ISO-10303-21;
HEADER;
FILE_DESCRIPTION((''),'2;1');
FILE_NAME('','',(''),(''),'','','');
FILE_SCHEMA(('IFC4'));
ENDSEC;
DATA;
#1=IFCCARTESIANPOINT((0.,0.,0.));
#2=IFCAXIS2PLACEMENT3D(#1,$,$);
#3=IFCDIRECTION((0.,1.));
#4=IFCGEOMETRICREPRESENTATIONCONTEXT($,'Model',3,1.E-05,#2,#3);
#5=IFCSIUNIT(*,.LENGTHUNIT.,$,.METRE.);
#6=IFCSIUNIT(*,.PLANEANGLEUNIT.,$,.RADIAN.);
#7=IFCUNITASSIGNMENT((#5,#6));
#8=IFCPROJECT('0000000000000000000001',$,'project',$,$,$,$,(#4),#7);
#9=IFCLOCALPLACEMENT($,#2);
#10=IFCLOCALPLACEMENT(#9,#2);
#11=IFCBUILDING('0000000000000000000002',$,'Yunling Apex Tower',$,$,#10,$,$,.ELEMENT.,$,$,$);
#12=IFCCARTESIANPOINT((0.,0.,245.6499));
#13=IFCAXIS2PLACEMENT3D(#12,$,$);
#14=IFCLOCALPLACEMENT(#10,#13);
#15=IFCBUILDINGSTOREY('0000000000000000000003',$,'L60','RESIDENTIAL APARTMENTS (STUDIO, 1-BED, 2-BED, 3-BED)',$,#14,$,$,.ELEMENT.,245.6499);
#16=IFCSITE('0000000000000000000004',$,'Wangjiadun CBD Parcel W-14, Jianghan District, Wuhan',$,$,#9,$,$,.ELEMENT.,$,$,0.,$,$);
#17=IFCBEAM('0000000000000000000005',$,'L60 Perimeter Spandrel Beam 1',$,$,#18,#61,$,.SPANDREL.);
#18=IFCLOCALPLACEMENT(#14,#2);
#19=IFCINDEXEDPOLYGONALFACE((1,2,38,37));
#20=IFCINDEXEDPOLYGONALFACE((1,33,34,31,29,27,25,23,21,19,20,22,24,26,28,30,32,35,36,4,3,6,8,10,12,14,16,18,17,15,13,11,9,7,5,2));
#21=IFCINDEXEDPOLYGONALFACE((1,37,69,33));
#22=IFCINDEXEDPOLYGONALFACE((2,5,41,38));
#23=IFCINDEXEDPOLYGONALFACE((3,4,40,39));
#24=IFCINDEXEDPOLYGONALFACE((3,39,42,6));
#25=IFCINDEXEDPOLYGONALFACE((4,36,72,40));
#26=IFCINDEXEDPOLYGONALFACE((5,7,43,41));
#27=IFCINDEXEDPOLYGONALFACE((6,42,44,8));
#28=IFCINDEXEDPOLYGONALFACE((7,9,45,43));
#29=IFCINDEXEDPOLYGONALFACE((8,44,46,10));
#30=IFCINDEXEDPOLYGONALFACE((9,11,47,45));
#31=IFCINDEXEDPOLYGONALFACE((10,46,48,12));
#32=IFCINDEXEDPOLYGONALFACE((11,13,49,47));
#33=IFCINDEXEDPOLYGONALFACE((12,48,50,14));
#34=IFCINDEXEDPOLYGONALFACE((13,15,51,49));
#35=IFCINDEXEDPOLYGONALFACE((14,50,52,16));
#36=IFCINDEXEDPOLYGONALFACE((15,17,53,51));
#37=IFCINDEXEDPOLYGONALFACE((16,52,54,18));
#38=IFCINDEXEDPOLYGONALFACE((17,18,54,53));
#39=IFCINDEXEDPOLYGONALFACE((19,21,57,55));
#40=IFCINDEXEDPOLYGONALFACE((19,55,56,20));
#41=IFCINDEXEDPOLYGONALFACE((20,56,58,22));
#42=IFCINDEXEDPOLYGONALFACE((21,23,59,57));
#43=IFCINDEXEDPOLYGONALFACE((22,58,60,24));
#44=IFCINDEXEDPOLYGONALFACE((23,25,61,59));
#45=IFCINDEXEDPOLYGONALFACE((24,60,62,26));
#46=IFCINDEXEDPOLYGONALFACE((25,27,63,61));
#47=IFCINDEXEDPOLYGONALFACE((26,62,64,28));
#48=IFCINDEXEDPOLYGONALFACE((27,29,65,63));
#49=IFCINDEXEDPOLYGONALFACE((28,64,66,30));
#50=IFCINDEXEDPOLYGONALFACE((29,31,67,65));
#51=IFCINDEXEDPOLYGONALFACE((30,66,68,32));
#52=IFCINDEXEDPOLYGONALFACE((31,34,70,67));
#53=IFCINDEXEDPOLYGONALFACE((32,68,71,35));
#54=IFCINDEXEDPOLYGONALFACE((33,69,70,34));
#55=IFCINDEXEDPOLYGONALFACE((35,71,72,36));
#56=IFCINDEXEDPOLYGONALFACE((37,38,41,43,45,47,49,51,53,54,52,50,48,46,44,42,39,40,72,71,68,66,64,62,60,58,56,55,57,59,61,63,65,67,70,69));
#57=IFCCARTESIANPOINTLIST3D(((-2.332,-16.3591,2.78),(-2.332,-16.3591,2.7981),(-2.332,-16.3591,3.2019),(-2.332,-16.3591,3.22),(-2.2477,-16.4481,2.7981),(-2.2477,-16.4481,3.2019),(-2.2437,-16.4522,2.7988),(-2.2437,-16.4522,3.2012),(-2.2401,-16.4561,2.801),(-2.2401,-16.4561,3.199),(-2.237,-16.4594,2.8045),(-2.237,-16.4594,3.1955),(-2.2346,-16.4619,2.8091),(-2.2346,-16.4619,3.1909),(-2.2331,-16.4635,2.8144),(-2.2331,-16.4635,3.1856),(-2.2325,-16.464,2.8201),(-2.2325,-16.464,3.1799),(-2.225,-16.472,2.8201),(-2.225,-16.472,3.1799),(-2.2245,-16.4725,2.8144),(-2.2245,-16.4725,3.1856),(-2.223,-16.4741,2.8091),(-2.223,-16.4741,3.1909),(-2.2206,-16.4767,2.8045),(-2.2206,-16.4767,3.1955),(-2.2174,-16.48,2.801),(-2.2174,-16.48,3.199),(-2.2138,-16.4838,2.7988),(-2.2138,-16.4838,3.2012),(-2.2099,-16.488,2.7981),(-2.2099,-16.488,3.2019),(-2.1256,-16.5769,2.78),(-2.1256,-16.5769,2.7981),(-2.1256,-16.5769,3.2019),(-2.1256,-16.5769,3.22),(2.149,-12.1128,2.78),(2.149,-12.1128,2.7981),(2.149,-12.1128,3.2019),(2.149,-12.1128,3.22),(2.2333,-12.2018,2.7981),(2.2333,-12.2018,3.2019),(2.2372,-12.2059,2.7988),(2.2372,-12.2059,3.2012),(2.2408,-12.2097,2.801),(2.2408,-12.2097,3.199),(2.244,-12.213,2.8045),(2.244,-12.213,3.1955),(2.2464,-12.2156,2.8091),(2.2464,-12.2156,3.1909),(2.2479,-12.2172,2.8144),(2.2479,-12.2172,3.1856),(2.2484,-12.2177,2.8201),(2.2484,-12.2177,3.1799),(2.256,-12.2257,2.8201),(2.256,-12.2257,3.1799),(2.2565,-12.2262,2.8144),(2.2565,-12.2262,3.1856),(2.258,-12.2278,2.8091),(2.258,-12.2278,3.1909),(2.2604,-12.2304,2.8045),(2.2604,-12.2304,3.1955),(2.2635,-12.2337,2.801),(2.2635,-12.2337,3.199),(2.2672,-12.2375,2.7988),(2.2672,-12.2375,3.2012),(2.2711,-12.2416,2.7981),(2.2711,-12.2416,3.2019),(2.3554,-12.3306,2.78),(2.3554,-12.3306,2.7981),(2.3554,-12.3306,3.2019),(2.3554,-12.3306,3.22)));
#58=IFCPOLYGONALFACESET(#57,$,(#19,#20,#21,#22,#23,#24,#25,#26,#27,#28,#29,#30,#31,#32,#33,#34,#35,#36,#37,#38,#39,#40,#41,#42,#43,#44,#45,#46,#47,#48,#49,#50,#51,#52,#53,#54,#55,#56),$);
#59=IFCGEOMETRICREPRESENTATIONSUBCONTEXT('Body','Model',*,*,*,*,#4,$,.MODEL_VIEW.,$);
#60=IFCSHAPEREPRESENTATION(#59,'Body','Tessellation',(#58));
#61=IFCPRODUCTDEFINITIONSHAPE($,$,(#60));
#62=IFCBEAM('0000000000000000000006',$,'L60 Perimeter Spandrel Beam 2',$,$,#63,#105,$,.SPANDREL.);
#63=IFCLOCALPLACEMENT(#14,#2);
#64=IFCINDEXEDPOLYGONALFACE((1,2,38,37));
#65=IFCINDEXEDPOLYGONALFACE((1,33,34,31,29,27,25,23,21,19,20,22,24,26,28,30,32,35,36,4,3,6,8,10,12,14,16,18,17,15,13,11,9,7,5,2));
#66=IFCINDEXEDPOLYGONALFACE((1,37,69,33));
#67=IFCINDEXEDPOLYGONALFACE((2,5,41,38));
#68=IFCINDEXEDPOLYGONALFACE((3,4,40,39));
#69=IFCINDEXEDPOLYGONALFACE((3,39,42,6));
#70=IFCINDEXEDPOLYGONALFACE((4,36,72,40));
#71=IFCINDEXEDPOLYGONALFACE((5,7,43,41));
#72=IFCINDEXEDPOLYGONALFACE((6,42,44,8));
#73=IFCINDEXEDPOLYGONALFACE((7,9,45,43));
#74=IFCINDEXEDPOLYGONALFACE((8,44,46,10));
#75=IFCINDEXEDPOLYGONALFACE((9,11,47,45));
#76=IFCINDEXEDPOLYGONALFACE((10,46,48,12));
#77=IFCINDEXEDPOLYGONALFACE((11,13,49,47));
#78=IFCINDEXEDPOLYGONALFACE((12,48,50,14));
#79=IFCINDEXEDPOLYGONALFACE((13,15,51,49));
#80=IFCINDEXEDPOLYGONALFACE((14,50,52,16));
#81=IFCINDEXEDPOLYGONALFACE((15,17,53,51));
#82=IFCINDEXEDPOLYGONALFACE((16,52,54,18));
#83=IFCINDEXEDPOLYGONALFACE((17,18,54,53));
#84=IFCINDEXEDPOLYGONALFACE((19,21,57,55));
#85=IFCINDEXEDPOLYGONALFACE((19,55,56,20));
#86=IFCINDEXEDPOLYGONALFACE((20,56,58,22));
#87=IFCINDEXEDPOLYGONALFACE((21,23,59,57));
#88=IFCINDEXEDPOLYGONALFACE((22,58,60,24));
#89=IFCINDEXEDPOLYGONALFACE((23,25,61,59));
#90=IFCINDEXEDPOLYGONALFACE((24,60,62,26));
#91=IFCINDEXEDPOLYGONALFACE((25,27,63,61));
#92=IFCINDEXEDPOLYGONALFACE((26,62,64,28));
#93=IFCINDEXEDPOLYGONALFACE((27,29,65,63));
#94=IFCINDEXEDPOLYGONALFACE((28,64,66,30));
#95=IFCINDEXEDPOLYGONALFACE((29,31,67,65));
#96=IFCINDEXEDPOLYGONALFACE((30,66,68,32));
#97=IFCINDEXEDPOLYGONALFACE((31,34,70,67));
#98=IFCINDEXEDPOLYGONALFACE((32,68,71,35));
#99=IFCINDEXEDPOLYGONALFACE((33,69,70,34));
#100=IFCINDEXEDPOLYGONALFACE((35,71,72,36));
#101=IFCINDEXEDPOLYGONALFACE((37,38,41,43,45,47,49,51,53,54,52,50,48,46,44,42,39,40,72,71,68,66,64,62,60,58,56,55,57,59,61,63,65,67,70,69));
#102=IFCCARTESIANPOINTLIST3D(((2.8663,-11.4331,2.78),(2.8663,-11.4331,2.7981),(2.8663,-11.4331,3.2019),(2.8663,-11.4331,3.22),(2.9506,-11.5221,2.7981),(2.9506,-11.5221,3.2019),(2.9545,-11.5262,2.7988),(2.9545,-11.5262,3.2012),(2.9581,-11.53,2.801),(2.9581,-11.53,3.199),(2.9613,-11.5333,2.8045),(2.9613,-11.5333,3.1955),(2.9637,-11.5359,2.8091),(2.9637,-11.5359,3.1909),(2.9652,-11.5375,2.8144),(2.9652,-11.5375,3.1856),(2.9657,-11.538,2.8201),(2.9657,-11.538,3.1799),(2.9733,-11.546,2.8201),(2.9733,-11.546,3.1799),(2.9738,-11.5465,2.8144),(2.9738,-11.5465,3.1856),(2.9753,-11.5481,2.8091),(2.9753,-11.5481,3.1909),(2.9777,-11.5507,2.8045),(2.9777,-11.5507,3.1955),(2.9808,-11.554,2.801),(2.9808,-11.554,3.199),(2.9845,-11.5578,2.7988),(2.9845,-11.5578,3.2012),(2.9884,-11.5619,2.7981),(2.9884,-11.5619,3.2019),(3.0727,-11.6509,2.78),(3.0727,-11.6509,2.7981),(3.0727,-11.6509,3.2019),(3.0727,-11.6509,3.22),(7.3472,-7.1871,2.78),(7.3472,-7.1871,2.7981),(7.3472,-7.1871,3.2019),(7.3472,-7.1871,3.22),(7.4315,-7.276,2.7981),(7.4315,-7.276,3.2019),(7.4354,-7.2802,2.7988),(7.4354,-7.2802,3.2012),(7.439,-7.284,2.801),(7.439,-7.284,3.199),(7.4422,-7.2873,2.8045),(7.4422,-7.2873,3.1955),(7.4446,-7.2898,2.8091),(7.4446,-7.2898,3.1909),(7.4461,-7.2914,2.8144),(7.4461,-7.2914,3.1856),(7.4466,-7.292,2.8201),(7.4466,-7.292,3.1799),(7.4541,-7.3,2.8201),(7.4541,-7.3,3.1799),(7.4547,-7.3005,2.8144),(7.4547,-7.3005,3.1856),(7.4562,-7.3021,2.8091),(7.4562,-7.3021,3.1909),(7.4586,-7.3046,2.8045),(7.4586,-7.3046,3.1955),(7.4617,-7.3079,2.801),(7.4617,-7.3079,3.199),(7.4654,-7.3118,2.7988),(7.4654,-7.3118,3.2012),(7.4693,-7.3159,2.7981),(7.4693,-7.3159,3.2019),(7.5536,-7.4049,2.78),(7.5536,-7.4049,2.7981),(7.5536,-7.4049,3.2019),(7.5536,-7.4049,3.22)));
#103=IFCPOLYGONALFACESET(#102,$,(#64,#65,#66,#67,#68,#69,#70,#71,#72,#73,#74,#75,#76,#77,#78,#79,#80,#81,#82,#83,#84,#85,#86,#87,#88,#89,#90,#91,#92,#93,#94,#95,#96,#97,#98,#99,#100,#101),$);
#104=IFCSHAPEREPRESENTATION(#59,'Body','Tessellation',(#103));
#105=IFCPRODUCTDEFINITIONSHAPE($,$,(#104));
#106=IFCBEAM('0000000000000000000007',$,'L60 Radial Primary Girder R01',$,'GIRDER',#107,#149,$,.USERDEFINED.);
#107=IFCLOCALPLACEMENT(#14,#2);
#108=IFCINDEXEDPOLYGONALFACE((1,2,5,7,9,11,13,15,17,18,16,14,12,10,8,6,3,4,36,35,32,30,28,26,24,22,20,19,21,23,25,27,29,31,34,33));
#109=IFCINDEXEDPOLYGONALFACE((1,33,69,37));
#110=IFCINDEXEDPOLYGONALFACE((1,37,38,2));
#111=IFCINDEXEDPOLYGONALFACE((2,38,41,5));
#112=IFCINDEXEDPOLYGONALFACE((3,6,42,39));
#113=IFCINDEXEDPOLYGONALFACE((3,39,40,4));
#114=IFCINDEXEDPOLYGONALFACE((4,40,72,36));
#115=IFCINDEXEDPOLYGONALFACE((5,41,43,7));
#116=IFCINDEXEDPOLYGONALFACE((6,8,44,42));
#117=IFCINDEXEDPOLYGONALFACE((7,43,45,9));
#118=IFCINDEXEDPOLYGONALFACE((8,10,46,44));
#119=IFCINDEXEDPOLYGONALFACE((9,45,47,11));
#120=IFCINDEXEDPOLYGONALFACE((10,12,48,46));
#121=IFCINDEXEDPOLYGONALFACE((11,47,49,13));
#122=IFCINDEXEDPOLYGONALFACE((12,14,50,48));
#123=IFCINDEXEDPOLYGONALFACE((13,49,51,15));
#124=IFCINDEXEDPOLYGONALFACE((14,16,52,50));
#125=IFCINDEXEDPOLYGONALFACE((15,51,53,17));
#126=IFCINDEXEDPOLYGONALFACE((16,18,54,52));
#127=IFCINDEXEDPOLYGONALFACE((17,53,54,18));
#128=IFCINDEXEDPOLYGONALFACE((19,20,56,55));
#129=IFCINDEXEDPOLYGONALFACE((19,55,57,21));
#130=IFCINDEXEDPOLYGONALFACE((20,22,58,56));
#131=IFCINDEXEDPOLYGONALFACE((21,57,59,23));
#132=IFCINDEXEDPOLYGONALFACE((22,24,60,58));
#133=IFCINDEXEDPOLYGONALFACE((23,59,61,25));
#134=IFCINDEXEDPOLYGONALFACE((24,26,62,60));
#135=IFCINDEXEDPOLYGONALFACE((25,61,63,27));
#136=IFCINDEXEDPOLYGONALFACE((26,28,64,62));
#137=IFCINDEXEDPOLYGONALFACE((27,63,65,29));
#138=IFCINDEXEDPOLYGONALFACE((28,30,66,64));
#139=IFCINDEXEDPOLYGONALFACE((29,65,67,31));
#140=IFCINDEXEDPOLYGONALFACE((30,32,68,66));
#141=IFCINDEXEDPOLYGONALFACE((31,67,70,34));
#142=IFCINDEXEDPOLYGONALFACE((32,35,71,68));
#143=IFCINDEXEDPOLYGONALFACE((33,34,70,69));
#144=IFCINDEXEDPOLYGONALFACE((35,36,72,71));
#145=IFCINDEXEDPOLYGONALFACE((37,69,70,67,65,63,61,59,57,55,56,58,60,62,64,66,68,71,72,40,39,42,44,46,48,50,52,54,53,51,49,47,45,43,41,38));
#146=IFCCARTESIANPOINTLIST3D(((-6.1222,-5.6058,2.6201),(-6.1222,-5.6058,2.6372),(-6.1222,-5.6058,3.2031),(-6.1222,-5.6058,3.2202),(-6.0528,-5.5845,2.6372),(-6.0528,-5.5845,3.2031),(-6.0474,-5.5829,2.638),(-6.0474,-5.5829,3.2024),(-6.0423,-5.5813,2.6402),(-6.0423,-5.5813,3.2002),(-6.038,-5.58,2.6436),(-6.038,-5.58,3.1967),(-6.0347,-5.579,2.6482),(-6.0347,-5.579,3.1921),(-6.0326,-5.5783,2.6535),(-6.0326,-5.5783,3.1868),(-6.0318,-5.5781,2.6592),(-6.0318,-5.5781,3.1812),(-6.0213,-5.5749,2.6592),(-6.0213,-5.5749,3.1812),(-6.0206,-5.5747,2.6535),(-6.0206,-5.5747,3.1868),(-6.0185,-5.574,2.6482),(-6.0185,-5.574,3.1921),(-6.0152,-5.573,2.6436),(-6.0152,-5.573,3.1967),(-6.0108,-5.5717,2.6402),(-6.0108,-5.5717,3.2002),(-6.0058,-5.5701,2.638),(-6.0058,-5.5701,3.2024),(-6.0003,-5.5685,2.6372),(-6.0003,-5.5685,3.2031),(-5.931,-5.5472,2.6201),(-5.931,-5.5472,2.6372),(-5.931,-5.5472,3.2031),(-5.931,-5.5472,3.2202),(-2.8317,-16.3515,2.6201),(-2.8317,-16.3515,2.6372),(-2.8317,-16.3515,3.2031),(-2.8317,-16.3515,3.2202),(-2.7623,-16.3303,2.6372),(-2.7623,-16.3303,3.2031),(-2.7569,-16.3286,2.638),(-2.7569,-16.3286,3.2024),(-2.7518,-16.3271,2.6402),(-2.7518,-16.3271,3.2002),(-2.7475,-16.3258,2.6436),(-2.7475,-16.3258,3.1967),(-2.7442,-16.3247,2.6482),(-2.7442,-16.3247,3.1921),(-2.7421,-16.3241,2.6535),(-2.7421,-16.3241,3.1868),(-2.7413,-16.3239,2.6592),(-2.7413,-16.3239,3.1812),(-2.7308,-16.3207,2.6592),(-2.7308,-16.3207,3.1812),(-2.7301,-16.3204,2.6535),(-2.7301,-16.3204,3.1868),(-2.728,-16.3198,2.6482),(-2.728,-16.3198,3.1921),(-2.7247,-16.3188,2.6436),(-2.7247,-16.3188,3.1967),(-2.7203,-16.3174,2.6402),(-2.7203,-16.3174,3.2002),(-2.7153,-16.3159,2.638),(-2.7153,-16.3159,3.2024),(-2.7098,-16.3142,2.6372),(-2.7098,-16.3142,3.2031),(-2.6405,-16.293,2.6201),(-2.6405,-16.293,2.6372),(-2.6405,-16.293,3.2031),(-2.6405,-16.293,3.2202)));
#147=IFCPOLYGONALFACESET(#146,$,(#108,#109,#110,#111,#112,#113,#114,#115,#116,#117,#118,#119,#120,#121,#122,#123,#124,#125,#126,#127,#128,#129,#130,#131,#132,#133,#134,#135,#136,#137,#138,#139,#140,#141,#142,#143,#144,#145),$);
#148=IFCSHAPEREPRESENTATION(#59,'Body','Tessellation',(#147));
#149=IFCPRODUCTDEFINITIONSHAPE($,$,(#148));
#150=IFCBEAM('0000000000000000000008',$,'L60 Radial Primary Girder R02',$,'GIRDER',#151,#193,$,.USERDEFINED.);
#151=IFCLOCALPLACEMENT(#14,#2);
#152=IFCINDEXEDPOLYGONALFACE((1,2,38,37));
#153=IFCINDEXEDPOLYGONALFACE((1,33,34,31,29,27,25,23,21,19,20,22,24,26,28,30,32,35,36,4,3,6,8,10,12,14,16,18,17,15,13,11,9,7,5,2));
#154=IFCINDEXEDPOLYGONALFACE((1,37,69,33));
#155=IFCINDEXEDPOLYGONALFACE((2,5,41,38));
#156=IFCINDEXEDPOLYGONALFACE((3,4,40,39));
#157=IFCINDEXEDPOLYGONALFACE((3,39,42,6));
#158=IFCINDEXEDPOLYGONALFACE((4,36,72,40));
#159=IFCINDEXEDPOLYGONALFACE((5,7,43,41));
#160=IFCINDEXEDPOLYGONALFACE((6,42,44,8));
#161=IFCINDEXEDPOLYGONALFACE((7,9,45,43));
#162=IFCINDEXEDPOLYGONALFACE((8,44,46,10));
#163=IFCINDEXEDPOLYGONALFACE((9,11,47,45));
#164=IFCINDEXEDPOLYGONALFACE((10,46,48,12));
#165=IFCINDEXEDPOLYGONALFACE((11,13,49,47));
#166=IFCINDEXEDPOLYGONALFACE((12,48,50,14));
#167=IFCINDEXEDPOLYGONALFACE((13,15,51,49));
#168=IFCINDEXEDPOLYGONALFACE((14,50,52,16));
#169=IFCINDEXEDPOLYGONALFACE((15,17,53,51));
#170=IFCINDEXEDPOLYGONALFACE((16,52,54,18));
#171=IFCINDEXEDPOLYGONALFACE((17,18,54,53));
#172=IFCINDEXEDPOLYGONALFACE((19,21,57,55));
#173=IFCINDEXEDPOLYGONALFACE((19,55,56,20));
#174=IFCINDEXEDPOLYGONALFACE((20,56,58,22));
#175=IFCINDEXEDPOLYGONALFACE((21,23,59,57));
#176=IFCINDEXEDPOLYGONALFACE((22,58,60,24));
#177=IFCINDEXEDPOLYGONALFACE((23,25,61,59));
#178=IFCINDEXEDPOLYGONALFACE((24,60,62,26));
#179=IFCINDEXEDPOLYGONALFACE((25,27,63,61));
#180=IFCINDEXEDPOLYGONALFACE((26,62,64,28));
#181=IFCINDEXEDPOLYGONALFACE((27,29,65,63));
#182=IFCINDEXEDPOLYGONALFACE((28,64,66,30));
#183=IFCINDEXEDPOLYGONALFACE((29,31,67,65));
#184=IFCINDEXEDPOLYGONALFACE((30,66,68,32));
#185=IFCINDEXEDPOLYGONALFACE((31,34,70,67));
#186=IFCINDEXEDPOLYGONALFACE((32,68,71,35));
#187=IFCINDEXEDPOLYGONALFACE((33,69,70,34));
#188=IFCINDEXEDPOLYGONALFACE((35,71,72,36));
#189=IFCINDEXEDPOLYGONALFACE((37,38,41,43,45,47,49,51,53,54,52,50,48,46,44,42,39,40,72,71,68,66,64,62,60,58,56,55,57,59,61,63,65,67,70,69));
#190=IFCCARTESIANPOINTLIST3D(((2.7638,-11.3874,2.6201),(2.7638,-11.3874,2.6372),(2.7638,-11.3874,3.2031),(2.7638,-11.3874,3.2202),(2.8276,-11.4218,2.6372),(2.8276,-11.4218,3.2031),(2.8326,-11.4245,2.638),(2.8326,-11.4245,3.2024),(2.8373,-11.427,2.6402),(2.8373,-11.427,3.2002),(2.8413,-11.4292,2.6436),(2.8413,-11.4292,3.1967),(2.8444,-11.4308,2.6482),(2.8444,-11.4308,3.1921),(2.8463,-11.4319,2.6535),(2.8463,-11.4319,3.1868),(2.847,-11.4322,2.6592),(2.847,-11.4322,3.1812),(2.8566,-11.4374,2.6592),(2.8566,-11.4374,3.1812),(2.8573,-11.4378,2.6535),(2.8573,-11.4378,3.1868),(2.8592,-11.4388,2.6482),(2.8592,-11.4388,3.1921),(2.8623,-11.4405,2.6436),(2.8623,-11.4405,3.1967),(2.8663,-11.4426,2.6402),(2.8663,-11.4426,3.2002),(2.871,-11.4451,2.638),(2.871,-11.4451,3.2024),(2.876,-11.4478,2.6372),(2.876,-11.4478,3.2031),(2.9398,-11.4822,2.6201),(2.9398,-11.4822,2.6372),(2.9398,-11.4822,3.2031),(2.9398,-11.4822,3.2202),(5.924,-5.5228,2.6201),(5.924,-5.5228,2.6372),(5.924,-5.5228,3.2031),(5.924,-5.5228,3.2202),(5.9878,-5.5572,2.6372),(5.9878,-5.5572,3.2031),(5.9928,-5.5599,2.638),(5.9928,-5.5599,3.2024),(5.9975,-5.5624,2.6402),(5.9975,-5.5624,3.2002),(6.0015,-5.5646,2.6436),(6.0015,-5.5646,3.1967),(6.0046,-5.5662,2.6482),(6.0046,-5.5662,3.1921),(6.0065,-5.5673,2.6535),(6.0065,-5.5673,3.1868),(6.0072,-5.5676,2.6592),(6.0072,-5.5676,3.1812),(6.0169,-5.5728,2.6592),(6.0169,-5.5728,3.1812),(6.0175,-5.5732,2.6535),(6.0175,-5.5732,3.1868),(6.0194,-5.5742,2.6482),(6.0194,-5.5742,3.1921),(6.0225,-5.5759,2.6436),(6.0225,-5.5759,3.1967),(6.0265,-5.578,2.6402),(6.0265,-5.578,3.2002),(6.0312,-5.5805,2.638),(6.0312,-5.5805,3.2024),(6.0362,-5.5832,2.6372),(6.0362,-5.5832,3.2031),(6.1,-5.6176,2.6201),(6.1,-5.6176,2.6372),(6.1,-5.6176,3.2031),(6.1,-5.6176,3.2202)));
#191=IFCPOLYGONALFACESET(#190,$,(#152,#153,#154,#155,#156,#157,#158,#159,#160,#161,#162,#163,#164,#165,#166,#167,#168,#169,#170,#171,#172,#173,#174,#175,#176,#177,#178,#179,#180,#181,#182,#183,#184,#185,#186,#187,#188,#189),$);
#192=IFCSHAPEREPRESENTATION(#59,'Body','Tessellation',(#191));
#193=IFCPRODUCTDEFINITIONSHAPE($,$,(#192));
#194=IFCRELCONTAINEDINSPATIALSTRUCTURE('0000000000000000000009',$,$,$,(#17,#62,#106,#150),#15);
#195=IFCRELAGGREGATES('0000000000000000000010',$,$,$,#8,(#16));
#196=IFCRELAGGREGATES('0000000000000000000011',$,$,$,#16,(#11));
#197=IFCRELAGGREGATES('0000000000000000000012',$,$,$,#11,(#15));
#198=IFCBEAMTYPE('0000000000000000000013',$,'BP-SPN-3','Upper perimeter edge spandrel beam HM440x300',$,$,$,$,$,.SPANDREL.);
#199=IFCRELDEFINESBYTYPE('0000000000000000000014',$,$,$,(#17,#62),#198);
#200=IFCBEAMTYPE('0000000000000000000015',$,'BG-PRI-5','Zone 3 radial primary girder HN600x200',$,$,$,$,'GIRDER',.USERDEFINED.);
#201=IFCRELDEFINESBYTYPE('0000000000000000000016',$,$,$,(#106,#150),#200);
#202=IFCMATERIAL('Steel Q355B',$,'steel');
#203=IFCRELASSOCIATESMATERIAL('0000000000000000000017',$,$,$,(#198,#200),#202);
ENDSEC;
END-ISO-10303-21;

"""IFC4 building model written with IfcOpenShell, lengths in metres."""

from ifc_helpers import new_model, si_unit, direction, frame, origin, origin_2d, place, context, subcontext, project, spatial, i_section, extrude, source, transform, mapped, material, material_profile, profile_set, type_object, element, save


model = new_model("IFC4")

# Units and contexts
model_context = context("Model", 3, precision=1e-05, world=origin(), true_north=direction((0.0, 1.0)))
body_context = subcontext(model_context, "Body", "Model", "MODEL_VIEW")
ifc_project = project(units=[si_unit("LENGTHUNIT", "METRE"), si_unit("PLANEANGLEUNIT", "RADIAN")], contexts=[model_context])

# Site, building, storey
site_placement = place(None, origin())
site = spatial("IfcSite", under=ifc_project, at=site_placement, Name="Wangjiadun CBD Parcel W-14, Jianghan District, Wuhan", CompositionType="ELEMENT", RefElevation=0.0)
building_placement = place(site_placement, origin())
building = spatial("IfcBuilding", under=site, at=building_placement, Name="Yunling Apex Tower", CompositionType="ELEMENT")
storey_placement = place(building_placement, frame((0.0, 0.0, 245.6499)))
storey = spatial("IfcBuildingStorey", under=building, at=storey_placement, Name="L60", Description="RESIDENTIAL APARTMENTS (STUDIO, 1-BED, 2-BED, 3-BED)", CompositionType="ELEMENT", Elevation=245.6499)

# Beams
ifc_material_1 = material(Name="Steel Q355B", Category="steel")
ifc_material_profile_1 = material_profile(ifc_material_1, i_section(OverallWidth=0.3, OverallDepth=0.4399, WebThickness=0.011, FlangeThickness=0.0181, FilletRadius=0.022, at=origin_2d()))
ifc_profile_set_1 = profile_set([ifc_material_profile_1], Name="Steel Q355B")
beam_type_1 = type_object("IfcBeamType", Name="BP-SPN-3", Description="Upper perimeter edge spandrel beam HM440x300", PredefinedType="SPANDREL", material=ifc_profile_set_1)
shared_shape_1 = source(origin(), body_context, "Body", "SweptSolid", [
    extrude(i_section(OverallWidth=0.3, OverallDepth=0.4399, WebThickness=0.011, FlangeThickness=0.0181, FilletRadius=0.022, at=origin_2d()), origin(), (0.0, 0.0, 1.0), 6.1733),
])
beam_1_placement = place(storey_placement, frame((-2.2288, -16.468, 3.0), z_axis=(0.725854, 0.687849, 0.0), x_axis=(-0.687849, 0.725854, 0.0)))
element("IfcBeam", 1, at=beam_1_placement, inside=storey, type_object=beam_type_1, Name="L60 Perimeter Spandrel Beam 1", PredefinedType="SPANDREL", context=body_context, shape_type="MappedRepresentation", body=[
    mapped(shared_shape_1, transform((0.0, 0.0, 0.0), scale=1.0)),
])
shared_shape_2 = source(origin(), body_context, "Body", "SweptSolid", [
    extrude(i_section(OverallWidth=0.3, OverallDepth=0.4399, WebThickness=0.011, FlangeThickness=0.0181, FilletRadius=0.022, at=origin_2d()), origin(), (0.0, 0.0, 1.0), 6.1731),
])
beam_2_placement = place(storey_placement, frame((2.9695, -11.542, 3.0), z_axis=(0.725874, 0.687828, 0.0), x_axis=(-0.687828, 0.725874, 0.0)))
element("IfcBeam", 2, at=beam_2_placement, inside=storey, type_object=beam_type_1, Name="L60 Perimeter Spandrel Beam 2", PredefinedType="SPANDREL", context=body_context, shape_type="MappedRepresentation", body=[
    mapped(shared_shape_2, transform((0.0, 0.0, 0.0), scale=1.0)),
])
ifc_material_profile_2 = material_profile(ifc_material_1, i_section(OverallWidth=0.2, OverallDepth=0.6001, WebThickness=0.011, FlangeThickness=0.0171, FilletRadius=0.022, at=origin_2d()))
ifc_profile_set_2 = profile_set([ifc_material_profile_2], Name="Steel Q355B")
beam_type_2 = type_object("IfcBeamType", Name="BG-PRI-5", Description="Zone 3 radial primary girder HN600x200", ElementType="GIRDER", PredefinedType="USERDEFINED", material=ifc_profile_set_2)
shared_shape_3 = source(origin(), body_context, "Body", "SweptSolid", [
    extrude(i_section(OverallWidth=0.2, OverallDepth=0.6001, WebThickness=0.011, FlangeThickness=0.0171, FilletRadius=0.022, at=origin_2d()), origin(), (0.0, 0.0, 1.0), 11.2383),
])
beam_3_placement = place(storey_placement, frame((-2.7361, -16.3223, 2.9202), z_axis=(-0.292794, 0.956176, 0.0), x_axis=(-0.956176, -0.292794, 0.0)))
element("IfcBeam", 3, at=beam_3_placement, inside=storey, type_object=beam_type_2, Name="L60 Radial Primary Girder R01", ObjectType="GIRDER", PredefinedType="USERDEFINED", context=body_context, shape_type="MappedRepresentation", body=[
    mapped(shared_shape_3, transform((0.0, 0.0, 0.0), scale=1.0)),
])
shared_shape_4 = source(origin(), body_context, "Body", "SweptSolid", [
    extrude(i_section(OverallWidth=0.2, OverallDepth=0.6001, WebThickness=0.011, FlangeThickness=0.0171, FilletRadius=0.022, at=origin_2d()), origin(), (0.0, 0.0, 1.0), 6.6619),
])
beam_4_placement = place(storey_placement, frame((2.8518, -11.4348, 2.9202), z_axis=(0.474373, 0.880324, 0.0), x_axis=(-0.880324, 0.474373, 0.0)))
element("IfcBeam", 4, at=beam_4_placement, inside=storey, type_object=beam_type_2, Name="L60 Radial Primary Girder R02", ObjectType="GIRDER", PredefinedType="USERDEFINED", context=body_context, shape_type="MappedRepresentation", body=[
    mapped(shared_shape_4, transform((0.0, 0.0, 0.0), scale=1.0)),
])

save(model, "model.ifc")
